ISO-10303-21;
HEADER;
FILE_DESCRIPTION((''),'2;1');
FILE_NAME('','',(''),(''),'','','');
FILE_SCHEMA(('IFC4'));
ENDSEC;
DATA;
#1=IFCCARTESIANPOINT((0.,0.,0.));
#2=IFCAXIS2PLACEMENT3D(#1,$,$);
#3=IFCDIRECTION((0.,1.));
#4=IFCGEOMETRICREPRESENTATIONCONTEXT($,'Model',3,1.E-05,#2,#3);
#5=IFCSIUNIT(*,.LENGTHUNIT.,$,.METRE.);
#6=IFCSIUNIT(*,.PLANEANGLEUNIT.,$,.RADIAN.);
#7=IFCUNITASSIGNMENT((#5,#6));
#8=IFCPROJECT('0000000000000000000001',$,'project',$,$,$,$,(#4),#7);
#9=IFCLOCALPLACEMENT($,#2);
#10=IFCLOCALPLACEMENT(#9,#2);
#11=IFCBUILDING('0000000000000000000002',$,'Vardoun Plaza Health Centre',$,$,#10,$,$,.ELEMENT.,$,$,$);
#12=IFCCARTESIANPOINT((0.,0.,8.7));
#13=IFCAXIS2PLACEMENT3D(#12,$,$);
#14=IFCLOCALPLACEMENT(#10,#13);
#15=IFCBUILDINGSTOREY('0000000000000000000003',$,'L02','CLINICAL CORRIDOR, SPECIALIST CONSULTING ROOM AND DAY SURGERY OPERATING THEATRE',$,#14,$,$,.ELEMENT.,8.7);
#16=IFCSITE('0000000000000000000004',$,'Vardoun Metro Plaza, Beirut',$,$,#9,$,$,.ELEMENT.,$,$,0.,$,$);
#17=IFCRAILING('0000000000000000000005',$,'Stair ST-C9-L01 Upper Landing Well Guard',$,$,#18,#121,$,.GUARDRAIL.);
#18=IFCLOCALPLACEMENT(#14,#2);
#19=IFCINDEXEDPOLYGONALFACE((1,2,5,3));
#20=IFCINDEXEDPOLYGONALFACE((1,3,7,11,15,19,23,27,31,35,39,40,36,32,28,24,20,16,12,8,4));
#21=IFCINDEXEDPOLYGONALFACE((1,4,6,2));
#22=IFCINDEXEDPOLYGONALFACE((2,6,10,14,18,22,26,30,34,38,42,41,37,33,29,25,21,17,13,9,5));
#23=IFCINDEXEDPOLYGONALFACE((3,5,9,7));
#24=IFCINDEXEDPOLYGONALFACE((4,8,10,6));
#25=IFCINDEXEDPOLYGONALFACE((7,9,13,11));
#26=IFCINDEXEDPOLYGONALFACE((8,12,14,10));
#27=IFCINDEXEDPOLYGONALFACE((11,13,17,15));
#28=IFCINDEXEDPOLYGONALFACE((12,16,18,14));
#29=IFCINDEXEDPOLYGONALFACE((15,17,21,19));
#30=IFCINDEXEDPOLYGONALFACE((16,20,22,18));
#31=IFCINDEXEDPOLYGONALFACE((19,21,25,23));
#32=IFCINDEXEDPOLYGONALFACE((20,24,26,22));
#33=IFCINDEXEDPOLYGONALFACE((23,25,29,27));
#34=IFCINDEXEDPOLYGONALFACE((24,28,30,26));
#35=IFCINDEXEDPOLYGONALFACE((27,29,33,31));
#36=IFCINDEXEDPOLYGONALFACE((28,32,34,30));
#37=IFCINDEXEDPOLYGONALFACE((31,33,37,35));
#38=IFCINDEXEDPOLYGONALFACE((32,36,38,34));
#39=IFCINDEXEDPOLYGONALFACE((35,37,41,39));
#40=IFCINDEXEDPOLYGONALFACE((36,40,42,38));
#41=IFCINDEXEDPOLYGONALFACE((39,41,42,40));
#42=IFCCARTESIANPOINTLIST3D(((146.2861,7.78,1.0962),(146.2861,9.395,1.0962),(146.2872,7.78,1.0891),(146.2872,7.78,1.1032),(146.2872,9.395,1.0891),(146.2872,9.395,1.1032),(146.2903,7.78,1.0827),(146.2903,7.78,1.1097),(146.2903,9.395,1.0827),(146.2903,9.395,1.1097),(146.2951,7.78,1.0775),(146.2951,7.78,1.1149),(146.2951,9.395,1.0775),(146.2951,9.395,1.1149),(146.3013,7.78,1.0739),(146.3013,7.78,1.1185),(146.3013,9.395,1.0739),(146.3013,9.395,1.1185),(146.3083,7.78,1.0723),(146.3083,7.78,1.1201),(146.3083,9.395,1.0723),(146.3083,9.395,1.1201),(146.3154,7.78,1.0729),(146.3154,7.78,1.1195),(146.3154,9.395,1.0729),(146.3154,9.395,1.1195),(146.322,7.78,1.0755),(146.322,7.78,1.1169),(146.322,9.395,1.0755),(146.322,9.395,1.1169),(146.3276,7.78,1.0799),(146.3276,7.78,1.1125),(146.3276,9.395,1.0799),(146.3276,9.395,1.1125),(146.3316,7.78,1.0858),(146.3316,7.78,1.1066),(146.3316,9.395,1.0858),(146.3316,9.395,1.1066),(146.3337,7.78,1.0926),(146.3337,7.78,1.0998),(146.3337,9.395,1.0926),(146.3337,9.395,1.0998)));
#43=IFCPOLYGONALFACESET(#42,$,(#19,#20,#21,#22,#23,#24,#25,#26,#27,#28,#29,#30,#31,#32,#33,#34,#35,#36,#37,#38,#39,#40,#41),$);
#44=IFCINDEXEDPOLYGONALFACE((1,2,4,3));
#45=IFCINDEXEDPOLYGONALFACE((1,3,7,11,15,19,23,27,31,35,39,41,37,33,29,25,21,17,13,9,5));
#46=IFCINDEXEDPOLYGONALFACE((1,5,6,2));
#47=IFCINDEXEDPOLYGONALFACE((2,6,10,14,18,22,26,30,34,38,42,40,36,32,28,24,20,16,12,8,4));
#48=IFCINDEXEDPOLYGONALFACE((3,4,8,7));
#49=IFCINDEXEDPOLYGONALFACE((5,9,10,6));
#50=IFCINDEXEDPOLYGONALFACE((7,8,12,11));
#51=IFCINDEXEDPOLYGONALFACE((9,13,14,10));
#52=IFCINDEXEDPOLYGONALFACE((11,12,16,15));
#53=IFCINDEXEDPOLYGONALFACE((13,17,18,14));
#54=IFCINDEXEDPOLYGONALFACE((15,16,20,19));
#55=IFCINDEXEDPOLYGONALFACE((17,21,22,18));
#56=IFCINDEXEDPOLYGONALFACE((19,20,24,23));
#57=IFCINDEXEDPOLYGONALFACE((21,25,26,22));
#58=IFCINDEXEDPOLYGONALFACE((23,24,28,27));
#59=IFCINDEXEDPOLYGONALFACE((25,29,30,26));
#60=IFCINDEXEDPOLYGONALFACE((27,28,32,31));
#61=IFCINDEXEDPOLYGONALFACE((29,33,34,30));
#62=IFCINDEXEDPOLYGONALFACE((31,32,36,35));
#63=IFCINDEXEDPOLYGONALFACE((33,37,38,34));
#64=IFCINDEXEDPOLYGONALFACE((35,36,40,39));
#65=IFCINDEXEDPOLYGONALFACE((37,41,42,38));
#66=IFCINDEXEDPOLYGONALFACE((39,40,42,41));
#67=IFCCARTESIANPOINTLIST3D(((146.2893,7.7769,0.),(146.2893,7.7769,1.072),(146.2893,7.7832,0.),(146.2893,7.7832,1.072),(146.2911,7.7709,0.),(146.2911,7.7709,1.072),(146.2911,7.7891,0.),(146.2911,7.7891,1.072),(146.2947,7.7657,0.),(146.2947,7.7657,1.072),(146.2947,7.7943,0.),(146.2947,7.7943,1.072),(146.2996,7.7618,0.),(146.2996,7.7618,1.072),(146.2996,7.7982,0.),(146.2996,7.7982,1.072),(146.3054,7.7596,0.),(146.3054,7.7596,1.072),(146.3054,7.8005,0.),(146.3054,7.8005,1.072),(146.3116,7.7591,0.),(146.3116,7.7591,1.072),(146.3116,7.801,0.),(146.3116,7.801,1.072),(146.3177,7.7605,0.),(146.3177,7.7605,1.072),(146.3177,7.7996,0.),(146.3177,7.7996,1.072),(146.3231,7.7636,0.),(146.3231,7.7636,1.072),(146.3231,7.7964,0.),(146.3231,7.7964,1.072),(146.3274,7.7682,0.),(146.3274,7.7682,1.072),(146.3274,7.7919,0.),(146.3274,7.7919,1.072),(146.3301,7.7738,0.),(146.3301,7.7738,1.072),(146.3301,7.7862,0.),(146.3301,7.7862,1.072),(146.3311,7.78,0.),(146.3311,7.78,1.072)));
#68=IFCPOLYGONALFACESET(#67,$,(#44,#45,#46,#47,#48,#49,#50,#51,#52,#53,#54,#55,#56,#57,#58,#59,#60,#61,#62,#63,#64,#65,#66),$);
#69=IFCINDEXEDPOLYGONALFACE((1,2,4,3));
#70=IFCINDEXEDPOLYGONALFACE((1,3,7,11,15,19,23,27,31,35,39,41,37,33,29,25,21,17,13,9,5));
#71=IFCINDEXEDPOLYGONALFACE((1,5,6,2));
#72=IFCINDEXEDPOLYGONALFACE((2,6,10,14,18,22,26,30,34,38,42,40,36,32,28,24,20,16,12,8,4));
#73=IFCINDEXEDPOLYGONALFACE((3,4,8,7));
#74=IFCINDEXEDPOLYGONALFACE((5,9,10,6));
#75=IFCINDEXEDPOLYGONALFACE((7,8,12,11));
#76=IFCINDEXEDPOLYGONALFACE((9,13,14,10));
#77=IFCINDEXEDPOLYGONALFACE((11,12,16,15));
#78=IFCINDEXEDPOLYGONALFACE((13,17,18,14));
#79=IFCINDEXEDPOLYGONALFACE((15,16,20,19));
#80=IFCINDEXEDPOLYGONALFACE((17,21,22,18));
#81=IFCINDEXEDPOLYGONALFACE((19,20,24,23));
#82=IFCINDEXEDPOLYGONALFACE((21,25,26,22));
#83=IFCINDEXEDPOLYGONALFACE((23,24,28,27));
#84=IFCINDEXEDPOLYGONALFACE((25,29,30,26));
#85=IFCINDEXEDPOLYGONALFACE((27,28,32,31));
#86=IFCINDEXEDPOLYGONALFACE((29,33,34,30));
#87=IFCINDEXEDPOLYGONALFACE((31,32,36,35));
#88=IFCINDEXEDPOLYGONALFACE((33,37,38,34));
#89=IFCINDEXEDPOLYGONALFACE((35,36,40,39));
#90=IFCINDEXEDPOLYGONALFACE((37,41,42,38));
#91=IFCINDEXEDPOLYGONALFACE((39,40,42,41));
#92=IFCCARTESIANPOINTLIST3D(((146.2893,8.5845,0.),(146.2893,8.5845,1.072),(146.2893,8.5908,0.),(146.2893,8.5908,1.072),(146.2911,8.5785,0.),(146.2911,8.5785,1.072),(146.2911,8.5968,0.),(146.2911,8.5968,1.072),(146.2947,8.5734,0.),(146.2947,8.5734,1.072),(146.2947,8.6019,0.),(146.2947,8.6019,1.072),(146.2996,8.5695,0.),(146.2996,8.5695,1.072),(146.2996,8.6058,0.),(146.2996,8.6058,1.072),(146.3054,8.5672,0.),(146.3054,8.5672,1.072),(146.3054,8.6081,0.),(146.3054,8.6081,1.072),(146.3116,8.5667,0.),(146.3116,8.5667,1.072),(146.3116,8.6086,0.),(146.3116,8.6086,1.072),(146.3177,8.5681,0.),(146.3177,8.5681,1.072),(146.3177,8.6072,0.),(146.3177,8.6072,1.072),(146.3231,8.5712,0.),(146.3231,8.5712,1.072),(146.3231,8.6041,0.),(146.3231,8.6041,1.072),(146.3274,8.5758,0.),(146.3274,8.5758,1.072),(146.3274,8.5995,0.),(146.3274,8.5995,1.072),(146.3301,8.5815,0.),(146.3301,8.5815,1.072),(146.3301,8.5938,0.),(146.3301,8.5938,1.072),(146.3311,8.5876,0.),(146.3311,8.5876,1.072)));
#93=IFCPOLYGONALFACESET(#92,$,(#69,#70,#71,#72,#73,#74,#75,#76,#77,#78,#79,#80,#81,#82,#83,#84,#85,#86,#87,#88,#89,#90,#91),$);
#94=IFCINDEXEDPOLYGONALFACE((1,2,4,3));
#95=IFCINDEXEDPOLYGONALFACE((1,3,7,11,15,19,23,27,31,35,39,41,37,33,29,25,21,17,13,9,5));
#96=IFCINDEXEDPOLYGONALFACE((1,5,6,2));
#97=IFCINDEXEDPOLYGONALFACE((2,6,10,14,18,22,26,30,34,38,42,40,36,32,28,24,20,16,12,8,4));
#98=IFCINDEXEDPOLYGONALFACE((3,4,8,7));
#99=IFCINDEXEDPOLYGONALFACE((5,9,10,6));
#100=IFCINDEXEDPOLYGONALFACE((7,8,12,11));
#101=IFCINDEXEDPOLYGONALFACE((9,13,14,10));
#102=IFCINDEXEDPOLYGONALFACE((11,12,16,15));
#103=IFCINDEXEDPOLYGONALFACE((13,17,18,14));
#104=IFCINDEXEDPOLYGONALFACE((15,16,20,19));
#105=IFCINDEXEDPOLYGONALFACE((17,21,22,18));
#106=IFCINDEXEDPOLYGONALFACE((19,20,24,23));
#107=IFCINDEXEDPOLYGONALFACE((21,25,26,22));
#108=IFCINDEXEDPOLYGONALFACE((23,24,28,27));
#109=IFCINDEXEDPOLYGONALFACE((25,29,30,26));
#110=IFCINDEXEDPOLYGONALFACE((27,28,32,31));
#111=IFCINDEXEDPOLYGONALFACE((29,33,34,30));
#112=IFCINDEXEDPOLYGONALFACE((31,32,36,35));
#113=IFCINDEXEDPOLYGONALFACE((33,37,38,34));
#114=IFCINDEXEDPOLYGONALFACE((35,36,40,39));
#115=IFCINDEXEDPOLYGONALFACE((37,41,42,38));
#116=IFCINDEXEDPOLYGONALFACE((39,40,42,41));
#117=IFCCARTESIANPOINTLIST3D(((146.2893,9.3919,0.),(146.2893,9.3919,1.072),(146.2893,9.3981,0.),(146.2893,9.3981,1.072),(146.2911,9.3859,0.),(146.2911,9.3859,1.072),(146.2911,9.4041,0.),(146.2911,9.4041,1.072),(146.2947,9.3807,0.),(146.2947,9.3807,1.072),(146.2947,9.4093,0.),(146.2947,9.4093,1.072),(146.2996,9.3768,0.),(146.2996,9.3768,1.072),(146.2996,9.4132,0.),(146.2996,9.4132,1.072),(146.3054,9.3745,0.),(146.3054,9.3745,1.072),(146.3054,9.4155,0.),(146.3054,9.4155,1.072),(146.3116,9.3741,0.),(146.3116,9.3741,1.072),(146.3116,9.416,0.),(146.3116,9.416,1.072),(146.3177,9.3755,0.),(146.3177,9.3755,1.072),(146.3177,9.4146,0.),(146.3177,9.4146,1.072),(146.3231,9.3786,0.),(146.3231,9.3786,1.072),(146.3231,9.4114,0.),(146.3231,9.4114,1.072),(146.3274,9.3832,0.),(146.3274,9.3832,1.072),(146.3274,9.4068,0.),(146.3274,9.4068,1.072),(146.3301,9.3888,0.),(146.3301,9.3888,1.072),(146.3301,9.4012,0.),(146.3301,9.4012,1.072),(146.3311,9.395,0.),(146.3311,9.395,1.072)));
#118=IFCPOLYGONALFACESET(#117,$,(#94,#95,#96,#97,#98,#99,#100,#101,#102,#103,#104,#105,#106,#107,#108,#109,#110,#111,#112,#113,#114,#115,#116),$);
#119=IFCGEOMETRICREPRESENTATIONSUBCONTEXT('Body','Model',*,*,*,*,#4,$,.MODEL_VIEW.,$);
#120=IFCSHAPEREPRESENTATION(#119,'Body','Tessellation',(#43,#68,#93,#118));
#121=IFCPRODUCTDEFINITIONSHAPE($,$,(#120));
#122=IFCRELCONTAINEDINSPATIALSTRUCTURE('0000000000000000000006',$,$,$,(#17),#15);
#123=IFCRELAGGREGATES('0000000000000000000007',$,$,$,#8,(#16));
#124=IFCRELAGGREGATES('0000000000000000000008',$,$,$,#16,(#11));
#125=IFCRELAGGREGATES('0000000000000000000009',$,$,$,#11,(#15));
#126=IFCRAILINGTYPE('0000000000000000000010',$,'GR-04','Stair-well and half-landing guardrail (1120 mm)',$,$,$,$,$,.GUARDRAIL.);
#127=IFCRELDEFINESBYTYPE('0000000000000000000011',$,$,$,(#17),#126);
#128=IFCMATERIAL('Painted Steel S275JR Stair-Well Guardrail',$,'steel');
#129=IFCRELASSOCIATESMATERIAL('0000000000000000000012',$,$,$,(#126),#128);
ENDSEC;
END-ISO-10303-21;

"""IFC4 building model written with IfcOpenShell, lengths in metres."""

from ifc_helpers import new_model, si_unit, direction, frame, origin, origin_2d, place, context, subcontext, project, spatial, circle, extrude, material, type_object, element, save


model = new_model("IFC4")

# Units and contexts
model_context = context("Model", 3, precision=1e-05, world=origin(), true_north=direction((0.0, 1.0)))
body_context = subcontext(model_context, "Body", "Model", "MODEL_VIEW")
ifc_project = project(units=[si_unit("LENGTHUNIT", "METRE"), si_unit("PLANEANGLEUNIT", "RADIAN")], contexts=[model_context])

# Site, building, storey
site_placement = place(None, origin())
site = spatial("IfcSite", under=ifc_project, at=site_placement, Name="Vardoun Metro Plaza, Beirut", CompositionType="ELEMENT", RefElevation=0.0)
building_placement = place(site_placement, origin())
building = spatial("IfcBuilding", under=site, at=building_placement, Name="Vardoun Plaza Health Centre", CompositionType="ELEMENT")
storey_placement = place(building_placement, frame((0.0, 0.0, 8.7)))
storey = spatial("IfcBuildingStorey", under=building, at=storey_placement, Name="L02", Description="CLINICAL CORRIDOR, SPECIALIST CONSULTING ROOM AND DAY SURGERY OPERATING THEATRE", CompositionType="ELEMENT", Elevation=8.7)

# Railing
ifc_material_1 = material(Name="Painted Steel S275JR Stair-Well Guardrail", Category="steel")
railing_type = type_object("IfcRailingType", Name="GR-04", Description="Stair-well and half-landing guardrail (1120 mm)", PredefinedType="GUARDRAIL", material=ifc_material_1)
railing_placement = place(storey_placement, frame((146.3101, 7.78, 0.0)))
element("IfcRailing", 1, at=railing_placement, inside=storey, type_object=railing_type, Name="Stair ST-C9-L01 Upper Landing Well Guard", PredefinedType="GUARDRAIL", context=body_context, shape_type="SweptSolid", body=[
    extrude(circle(Radius=0.0239, at=origin_2d()), frame((0.0, 0.0, 1.0962), z_axis=(0.0, 1.0, 0.0), x_axis=(-1.0, 0.0, 0.0)), (0.0, 0.0, 1.0), 1.615),
    extrude(circle(Radius=0.021, at=origin_2d()), origin(), (0.0, 0.0, 1.0), 1.072),
    extrude(circle(Radius=0.021, at=origin_2d()), frame((0.0, 0.8076, 0.0)), (0.0, 0.0, 1.0), 1.072),
    extrude(circle(Radius=0.021, at=origin_2d()), frame((0.0, 1.615, 0.0)), (0.0, 0.0, 1.0), 1.072),
])

save(model, "model.ifc")
